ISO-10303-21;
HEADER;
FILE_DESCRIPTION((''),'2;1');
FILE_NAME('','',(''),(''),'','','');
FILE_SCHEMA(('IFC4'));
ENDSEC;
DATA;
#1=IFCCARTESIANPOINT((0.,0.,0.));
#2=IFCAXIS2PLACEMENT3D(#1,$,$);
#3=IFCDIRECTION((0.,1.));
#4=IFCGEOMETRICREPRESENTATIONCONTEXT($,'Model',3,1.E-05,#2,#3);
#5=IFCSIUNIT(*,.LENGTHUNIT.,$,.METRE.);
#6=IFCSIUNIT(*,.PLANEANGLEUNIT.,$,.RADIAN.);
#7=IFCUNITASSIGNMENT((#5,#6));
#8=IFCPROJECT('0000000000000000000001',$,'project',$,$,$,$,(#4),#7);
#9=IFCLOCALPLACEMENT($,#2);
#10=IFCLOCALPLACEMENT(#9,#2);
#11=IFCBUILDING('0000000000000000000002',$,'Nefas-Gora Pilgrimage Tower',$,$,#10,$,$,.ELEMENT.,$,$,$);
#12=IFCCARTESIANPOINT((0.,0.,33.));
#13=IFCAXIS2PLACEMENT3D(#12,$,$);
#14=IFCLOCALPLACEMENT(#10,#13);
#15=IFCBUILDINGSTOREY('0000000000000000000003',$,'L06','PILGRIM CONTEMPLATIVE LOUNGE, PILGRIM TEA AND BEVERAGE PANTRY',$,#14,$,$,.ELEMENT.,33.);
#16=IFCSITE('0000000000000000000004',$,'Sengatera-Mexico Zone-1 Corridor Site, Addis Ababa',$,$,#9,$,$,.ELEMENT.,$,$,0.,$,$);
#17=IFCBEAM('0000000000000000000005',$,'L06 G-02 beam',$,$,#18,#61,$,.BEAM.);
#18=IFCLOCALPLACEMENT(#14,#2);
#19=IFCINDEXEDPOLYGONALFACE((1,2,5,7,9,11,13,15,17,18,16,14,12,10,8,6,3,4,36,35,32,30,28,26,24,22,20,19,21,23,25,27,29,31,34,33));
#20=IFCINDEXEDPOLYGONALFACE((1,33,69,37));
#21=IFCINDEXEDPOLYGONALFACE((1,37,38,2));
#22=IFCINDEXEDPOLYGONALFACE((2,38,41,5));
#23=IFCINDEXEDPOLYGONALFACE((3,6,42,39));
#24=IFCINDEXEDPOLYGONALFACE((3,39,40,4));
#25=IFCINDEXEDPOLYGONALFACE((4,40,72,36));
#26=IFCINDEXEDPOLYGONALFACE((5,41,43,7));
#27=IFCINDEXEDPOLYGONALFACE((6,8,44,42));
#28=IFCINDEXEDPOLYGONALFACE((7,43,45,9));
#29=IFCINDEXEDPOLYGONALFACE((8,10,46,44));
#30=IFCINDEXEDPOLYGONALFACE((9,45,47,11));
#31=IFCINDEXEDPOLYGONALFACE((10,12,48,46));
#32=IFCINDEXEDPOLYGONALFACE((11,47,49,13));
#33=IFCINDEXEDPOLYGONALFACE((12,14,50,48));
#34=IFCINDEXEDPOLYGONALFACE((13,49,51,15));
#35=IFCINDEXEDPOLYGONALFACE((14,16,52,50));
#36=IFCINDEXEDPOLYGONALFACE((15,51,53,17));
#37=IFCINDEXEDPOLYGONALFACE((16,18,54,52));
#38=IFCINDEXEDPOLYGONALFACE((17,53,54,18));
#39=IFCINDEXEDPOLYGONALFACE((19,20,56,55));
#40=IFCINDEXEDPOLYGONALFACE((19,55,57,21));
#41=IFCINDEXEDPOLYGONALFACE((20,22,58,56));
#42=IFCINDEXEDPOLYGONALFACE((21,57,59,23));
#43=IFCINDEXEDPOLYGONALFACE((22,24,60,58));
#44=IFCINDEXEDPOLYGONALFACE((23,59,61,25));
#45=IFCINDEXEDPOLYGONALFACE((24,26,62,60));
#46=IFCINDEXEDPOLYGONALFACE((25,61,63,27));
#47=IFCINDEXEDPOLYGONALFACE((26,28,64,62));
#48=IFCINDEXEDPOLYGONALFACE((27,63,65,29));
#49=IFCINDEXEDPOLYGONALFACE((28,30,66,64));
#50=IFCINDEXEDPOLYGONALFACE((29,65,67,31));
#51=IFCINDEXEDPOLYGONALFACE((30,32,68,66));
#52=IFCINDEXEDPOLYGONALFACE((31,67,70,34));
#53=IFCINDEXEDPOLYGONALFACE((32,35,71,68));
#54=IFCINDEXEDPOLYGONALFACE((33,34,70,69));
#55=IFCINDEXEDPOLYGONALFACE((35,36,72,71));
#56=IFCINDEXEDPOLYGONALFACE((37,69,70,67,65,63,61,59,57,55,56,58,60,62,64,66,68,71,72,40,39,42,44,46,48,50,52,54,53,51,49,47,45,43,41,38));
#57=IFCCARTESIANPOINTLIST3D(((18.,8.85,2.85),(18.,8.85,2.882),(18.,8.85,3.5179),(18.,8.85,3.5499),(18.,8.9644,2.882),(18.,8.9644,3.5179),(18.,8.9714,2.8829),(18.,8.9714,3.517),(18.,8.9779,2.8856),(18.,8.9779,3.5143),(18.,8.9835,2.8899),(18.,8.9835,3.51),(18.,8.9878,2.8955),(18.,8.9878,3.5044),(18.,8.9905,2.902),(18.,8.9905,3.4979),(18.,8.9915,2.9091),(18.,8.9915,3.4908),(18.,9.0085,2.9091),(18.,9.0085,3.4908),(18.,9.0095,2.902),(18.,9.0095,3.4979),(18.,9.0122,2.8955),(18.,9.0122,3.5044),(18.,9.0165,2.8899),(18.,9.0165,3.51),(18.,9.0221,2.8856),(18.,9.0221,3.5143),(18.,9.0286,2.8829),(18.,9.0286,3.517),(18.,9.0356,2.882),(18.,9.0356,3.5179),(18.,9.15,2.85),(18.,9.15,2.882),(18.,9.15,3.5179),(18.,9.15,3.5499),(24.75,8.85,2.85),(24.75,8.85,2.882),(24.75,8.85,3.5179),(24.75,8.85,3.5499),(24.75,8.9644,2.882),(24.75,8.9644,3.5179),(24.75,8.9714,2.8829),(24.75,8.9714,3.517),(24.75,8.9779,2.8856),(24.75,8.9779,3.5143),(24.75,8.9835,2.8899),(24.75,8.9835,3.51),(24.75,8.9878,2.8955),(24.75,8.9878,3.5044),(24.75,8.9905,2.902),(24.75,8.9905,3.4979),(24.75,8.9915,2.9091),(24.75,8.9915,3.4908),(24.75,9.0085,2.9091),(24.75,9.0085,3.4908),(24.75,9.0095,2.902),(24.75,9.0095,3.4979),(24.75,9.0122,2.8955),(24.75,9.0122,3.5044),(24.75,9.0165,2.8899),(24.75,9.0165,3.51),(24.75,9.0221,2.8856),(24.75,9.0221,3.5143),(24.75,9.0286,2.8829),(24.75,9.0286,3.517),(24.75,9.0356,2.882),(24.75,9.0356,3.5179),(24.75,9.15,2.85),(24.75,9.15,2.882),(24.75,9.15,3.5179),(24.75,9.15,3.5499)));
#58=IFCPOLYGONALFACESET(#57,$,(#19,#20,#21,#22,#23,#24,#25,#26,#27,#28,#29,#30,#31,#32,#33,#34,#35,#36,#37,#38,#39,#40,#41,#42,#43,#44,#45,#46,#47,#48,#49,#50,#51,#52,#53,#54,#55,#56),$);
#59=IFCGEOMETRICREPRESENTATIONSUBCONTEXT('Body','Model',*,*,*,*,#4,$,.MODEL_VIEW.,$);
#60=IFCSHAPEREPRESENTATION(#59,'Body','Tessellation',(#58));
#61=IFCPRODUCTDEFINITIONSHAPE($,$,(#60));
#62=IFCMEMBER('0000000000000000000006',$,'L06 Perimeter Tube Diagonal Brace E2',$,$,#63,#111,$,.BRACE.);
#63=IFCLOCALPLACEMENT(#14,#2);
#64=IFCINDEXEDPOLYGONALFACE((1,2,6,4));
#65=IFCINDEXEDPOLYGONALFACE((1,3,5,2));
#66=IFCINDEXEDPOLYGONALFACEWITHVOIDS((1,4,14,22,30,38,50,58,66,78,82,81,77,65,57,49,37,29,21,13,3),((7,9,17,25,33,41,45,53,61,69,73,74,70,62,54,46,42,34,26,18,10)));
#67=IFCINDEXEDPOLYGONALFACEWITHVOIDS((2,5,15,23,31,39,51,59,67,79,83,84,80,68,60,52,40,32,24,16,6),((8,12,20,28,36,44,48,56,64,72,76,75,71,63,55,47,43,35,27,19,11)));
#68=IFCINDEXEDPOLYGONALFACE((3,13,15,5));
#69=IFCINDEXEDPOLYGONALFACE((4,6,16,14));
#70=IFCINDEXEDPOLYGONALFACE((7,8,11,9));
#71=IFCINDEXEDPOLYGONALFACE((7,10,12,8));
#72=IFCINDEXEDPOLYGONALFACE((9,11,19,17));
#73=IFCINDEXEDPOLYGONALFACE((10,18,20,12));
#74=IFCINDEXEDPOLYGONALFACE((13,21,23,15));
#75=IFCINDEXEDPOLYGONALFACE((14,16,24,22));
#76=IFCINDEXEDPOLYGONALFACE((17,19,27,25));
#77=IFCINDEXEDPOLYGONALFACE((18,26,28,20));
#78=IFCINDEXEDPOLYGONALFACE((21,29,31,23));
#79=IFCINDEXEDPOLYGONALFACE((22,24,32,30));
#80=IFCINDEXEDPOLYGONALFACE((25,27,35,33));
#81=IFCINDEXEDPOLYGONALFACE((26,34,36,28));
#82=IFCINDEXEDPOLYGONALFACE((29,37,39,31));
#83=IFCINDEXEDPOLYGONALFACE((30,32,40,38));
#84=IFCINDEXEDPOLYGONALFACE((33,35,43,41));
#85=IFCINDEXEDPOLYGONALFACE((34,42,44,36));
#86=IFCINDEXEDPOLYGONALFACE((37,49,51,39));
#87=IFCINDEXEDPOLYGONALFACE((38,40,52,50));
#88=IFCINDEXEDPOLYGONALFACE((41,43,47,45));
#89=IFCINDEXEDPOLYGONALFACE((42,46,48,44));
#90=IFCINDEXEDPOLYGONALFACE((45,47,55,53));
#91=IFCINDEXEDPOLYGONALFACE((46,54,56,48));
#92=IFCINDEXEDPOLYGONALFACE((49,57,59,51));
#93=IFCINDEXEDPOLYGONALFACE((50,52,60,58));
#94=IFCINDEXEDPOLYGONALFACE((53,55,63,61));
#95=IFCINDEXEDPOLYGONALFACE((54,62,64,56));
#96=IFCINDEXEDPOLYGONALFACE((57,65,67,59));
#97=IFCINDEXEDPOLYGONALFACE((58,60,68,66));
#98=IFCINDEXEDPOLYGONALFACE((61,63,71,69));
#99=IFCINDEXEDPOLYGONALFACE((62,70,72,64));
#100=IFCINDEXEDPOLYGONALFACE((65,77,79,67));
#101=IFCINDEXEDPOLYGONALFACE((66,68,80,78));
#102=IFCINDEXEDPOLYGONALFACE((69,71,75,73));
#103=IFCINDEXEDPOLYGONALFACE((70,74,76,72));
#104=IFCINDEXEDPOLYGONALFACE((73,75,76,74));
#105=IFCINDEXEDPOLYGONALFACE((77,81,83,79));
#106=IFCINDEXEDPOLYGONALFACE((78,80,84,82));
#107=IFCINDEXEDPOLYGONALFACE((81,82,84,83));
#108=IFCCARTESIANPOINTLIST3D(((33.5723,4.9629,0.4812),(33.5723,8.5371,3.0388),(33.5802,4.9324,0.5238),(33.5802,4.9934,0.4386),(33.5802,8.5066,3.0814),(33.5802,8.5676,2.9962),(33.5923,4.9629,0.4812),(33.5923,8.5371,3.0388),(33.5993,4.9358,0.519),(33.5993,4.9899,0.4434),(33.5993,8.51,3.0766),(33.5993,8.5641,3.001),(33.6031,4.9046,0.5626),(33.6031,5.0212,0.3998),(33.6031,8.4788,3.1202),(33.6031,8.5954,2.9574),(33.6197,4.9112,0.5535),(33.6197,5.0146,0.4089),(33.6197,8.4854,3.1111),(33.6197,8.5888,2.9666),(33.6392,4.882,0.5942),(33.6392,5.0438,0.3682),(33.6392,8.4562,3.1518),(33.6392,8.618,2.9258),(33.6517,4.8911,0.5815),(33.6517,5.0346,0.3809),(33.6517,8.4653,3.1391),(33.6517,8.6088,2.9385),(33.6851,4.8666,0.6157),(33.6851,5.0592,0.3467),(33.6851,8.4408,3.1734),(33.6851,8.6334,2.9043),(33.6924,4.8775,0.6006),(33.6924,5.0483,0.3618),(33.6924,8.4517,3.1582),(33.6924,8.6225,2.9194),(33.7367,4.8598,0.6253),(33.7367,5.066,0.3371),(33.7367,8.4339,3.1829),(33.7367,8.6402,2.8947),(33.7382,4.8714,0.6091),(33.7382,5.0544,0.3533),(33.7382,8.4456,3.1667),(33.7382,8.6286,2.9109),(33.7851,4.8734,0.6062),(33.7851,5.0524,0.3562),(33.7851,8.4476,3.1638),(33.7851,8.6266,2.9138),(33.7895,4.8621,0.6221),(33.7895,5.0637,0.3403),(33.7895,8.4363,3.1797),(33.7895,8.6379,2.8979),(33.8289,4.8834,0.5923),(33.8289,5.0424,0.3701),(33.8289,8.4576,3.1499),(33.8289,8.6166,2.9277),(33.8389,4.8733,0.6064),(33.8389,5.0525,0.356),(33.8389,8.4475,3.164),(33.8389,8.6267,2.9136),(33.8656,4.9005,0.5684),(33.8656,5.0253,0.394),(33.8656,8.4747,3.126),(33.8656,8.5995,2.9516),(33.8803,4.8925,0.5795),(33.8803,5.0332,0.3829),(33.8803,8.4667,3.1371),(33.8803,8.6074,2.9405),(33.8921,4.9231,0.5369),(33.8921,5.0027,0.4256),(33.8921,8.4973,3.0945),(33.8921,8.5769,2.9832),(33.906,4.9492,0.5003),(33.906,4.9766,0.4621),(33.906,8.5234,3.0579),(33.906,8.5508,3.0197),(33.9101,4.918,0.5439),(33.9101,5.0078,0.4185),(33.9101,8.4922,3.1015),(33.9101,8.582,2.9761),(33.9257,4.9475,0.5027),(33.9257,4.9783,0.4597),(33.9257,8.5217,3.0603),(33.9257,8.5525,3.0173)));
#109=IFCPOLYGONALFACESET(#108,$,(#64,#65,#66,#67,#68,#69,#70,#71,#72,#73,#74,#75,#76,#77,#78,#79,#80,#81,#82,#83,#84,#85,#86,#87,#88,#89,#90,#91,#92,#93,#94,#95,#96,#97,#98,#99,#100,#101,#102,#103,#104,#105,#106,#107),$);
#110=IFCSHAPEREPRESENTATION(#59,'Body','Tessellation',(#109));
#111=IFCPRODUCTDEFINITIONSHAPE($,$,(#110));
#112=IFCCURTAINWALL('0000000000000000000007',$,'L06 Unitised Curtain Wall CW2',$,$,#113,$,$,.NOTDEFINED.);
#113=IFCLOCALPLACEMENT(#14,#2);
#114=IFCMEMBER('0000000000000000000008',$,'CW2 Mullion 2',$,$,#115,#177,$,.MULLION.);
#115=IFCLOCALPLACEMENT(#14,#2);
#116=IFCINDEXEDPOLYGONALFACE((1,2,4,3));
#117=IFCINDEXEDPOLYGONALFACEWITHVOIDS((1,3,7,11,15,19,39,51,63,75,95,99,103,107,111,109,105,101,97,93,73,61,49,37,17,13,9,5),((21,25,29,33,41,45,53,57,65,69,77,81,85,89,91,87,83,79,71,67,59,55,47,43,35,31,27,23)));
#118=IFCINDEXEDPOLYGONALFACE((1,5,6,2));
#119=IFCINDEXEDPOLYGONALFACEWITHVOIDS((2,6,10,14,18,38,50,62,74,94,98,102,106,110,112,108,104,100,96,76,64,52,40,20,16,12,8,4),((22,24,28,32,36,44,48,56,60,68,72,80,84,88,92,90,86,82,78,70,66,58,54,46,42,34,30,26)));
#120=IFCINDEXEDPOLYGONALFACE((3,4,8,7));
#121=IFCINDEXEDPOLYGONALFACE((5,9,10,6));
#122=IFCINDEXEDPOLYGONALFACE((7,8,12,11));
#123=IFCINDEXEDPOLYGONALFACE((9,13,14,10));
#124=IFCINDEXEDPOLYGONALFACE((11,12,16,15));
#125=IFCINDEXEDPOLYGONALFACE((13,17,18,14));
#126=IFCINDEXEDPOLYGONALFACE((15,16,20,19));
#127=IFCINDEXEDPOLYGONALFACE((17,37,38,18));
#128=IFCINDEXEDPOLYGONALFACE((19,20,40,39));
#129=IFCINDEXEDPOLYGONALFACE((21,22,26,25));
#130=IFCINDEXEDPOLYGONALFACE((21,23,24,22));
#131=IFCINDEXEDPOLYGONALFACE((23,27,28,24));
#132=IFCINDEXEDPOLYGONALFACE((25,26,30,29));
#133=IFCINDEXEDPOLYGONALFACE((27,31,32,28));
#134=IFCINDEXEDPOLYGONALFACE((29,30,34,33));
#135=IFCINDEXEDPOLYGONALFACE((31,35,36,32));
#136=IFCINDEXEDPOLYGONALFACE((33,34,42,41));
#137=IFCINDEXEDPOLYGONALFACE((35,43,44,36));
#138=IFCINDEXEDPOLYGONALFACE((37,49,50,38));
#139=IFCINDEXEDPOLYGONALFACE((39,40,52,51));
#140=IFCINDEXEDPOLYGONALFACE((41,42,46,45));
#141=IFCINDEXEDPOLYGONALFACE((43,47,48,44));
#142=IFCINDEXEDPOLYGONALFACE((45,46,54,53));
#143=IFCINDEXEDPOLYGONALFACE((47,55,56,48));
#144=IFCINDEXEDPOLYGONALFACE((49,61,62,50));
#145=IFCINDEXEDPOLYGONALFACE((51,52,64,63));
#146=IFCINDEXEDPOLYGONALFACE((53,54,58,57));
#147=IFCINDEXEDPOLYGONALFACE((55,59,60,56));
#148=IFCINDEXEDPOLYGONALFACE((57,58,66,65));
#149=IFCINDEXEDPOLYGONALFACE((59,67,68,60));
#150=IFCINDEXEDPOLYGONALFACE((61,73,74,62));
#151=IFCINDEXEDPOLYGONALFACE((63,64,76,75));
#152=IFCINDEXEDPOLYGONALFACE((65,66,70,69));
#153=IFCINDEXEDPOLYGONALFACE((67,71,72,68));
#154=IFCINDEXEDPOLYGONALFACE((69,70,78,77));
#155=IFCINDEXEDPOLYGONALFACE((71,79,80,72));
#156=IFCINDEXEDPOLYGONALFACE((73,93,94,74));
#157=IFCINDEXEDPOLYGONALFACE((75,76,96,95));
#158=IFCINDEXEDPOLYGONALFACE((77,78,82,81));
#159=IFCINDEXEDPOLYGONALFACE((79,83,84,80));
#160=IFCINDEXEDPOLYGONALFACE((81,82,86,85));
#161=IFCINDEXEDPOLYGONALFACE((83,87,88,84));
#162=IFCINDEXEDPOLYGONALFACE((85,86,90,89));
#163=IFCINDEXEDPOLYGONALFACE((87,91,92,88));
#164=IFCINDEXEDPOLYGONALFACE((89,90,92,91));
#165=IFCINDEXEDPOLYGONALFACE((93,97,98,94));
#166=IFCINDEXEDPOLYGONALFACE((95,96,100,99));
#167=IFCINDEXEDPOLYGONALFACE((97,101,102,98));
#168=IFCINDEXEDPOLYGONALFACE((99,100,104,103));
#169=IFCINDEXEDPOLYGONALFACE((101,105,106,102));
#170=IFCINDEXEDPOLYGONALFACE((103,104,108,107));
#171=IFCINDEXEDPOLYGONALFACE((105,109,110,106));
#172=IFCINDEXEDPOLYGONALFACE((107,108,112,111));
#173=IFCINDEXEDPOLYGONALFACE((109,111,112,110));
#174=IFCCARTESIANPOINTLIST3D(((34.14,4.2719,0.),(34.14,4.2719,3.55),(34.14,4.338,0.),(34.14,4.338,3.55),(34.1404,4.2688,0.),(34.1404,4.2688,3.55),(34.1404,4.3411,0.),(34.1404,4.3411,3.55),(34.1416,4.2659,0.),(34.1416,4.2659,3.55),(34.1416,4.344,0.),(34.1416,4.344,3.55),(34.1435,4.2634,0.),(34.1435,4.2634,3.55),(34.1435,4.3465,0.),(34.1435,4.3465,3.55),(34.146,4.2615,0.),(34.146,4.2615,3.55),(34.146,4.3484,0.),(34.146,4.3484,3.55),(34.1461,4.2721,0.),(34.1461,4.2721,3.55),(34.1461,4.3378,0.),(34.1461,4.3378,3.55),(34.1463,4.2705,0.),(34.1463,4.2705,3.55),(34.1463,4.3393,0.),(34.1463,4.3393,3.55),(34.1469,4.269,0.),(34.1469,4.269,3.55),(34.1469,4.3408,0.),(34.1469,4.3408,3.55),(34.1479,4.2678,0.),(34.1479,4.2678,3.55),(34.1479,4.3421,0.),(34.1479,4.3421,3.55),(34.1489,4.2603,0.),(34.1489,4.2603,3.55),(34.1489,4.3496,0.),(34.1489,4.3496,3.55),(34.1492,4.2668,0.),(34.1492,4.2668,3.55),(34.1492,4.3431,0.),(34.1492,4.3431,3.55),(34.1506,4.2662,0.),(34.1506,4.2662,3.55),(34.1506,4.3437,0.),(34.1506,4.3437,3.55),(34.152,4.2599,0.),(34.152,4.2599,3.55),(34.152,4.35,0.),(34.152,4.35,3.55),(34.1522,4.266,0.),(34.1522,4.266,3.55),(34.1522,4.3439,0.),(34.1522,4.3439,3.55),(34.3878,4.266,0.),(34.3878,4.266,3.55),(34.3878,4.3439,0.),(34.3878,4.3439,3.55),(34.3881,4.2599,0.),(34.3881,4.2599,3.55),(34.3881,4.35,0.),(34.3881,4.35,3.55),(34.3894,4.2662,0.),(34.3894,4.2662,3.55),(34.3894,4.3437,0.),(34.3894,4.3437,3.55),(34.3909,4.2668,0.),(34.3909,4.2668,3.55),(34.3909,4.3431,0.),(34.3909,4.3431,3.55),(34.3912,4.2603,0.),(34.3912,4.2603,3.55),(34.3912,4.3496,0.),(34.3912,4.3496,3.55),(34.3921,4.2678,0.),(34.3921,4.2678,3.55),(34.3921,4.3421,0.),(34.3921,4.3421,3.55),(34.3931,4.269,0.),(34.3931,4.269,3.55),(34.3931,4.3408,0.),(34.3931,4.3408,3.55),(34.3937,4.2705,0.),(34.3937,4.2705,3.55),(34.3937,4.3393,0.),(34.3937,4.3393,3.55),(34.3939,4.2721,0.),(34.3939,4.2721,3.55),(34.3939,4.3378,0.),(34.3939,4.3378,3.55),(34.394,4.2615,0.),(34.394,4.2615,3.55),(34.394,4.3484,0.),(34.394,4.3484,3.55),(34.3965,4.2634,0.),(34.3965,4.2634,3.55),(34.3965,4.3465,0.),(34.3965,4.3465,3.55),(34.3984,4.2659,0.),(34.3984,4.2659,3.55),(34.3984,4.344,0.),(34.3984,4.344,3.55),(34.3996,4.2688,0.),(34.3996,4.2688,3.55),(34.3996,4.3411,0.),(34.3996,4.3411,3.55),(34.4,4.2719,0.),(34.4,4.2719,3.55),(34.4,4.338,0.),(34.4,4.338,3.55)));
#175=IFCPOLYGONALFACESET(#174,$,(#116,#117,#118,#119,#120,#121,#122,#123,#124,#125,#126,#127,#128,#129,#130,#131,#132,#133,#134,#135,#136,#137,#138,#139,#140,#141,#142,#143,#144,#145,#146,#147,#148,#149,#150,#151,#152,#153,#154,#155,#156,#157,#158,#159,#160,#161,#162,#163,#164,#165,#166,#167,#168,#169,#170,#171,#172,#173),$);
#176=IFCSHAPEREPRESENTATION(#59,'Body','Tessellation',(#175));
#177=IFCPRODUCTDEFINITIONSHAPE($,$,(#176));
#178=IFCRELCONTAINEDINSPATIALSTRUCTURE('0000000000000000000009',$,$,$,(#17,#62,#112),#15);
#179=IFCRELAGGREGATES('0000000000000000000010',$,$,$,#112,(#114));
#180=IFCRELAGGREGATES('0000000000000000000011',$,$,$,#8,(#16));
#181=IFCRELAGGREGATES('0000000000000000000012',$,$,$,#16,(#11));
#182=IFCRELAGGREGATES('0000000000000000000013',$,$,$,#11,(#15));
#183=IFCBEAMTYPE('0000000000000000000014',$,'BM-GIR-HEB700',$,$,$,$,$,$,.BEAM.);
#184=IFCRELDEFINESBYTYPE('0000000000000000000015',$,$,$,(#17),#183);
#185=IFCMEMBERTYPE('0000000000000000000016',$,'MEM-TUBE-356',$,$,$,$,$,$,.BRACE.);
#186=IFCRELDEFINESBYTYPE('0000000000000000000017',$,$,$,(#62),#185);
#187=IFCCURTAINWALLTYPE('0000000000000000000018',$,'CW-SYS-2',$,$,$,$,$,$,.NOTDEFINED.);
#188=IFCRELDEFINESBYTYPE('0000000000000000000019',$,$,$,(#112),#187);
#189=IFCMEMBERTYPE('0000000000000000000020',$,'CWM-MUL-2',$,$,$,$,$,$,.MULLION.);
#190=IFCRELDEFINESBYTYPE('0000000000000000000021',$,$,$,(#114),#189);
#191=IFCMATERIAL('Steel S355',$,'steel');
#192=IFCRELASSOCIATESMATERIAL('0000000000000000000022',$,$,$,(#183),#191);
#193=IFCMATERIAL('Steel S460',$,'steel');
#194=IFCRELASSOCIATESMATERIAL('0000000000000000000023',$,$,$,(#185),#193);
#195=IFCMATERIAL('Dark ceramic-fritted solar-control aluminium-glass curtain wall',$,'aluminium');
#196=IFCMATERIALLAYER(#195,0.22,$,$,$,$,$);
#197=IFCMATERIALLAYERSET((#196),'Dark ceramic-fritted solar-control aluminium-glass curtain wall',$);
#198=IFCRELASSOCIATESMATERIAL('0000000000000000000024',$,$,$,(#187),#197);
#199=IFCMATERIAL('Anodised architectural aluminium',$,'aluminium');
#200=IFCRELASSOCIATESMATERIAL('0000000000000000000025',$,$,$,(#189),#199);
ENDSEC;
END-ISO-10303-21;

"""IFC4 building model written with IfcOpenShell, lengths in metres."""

from ifc_helpers import new_model, si_unit, direction, frame, origin, origin_2d, place, context, subcontext, project, spatial, hollow_rectangle, hollow_circle, i_section, extrude, source, transform, mapped, material, layer, layer_set, material_profile, profile_set, type_object, element, aggregate, save


model = new_model("IFC4")

# Units and contexts
model_context = context("Model", 3, precision=1e-05, world=origin(), true_north=direction((0.0, 1.0)))
body_context = subcontext(model_context, "Body", "Model", "MODEL_VIEW")
ifc_project = project(units=[si_unit("LENGTHUNIT", "METRE"), si_unit("PLANEANGLEUNIT", "RADIAN")], contexts=[model_context])

# Site, building, storey
site_placement = place(None, origin())
site = spatial("IfcSite", under=ifc_project, at=site_placement, Name="Sengatera-Mexico Zone-1 Corridor Site, Addis Ababa", CompositionType="ELEMENT", RefElevation=0.0)
building_placement = place(site_placement, origin())
building = spatial("IfcBuilding", under=site, at=building_placement, Name="Nefas-Gora Pilgrimage Tower", CompositionType="ELEMENT")
storey_placement = place(building_placement, frame((0.0, 0.0, 33.0)))
storey = spatial("IfcBuildingStorey", under=building, at=storey_placement, Name="L06", Description="PILGRIM CONTEMPLATIVE LOUNGE, PILGRIM TEA AND BEVERAGE PANTRY", CompositionType="ELEMENT", Elevation=33.0)

# Shared definitions
ifc_material_1 = material(Name="Steel S460", Category="steel")

# Beam
ifc_material_2 = material(Name="Steel S355", Category="steel")
ifc_material_profile_1 = material_profile(ifc_material_2, i_section(OverallWidth=0.3, OverallDepth=0.7, WebThickness=0.0171, FlangeThickness=0.032, FilletRadius=0.0271, at=origin_2d()), Name="HEB 700")
ifc_profile_set_1 = profile_set([ifc_material_profile_1], Name="Steel S355")
beam_type_1 = type_object("IfcBeamType", Name="BM-GIR-HEB700", PredefinedType="BEAM", material=ifc_profile_set_1)
shared_shape_1 = source(origin(), body_context, "Body", "SweptSolid", [
    extrude(i_section(OverallWidth=0.3, OverallDepth=0.7, WebThickness=0.0171, FlangeThickness=0.032, FilletRadius=0.0271, at=origin_2d()), origin(), (0.0, 0.0, 1.0), 6.75),
])
for number, where, z_axis, x_axis, name in (
    (1, (18.0, 9.0, 3.2), (1.0, 0.0, 0.0), (0.0, 1.0, 0.0), "L06 G-02 beam"),
):
    element("IfcBeam", number, at=place(storey_placement, frame(where, z_axis=z_axis, x_axis=x_axis)), inside=storey, type_object=beam_type_1, Name=name, PredefinedType="BEAM", context=body_context, shape_type="MappedRepresentation", body=[
        mapped(shared_shape_1, transform((0.0, 0.0, 0.0), x_axis=(1.0, 0.0, 0.0), y_axis=(0.0, 1.0, 0.0), z_axis=(0.0, 0.0, 1.0), scale=1.0)),
    ])

# Member
ifc_material_profile_2 = material_profile(ifc_material_1, hollow_circle(Radius=0.1777, WallThickness=0.02, at=origin_2d()), Name="CHS 355.6x20")
ifc_profile_set_2 = profile_set([ifc_material_profile_2], Name="Steel S460")
member_type_1 = type_object("IfcMemberType", Name="MEM-TUBE-356", PredefinedType="BRACE", material=ifc_profile_set_2)
shared_shape_2 = source(origin(), body_context, "Body", "SweptSolid", [
    extrude(hollow_circle(Radius=0.1777, WallThickness=0.02, at=origin_2d()), origin(), (0.0, 0.0, 1.0), 4.395),
])
member_1_placement = place(storey_placement, frame((33.75, 4.9629, 0.4812), z_axis=(0.0, 0.813238, 0.581932), x_axis=(-1.0, 0.0, 0.0)))
element("IfcMember", 2, at=member_1_placement, inside=storey, type_object=member_type_1, Name="L06 Perimeter Tube Diagonal Brace E2", PredefinedType="BRACE", context=body_context, shape_type="MappedRepresentation", body=[
    mapped(shared_shape_2, transform((0.0, 0.0, 0.0), x_axis=(1.0, 0.0, 0.0), y_axis=(0.0, 1.0, 0.0), z_axis=(0.0, 0.0, 1.0), scale=1.0)),
])

# Curtain wall, member
ifc_material_3 = material(Name="Dark ceramic-fritted solar-control aluminium-glass curtain wall", Category="aluminium")
ifc_layer_1 = layer(ifc_material_3, 0.22)
ifc_layer_set_1 = layer_set([ifc_layer_1], Name="Dark ceramic-fritted solar-control aluminium-glass curtain wall")
curtain_wall_type = type_object("IfcCurtainWallType", Name="CW-SYS-2", PredefinedType="NOTDEFINED", material=ifc_layer_set_1)
curtain_wall_1_placement = place(storey_placement, origin())
curtain_wall_1 = element("IfcCurtainWall", 3, at=curtain_wall_1_placement, inside=storey, type_object=curtain_wall_type, Name="L06 Unitised Curtain Wall CW2", PredefinedType="NOTDEFINED")
ifc_material_4 = material(Name="Anodised architectural aluminium", Category="aluminium")
ifc_material_profile_3 = material_profile(ifc_material_4, hollow_rectangle(XDim=0.0901, YDim=0.26, WallThickness=0.0061, InnerFilletRadius=0.0061, OuterFilletRadius=0.012, at=origin_2d()), Name="ALU MULLION 90x260")
ifc_profile_set_3 = profile_set([ifc_material_profile_3], Name="Anodised architectural aluminium")
member_type_2 = type_object("IfcMemberType", Name="CWM-MUL-2", PredefinedType="MULLION", material=ifc_profile_set_3)
shared_shape_3 = source(origin(), body_context, "Body", "SweptSolid", [
    extrude(hollow_rectangle(XDim=0.0901, YDim=0.26, WallThickness=0.0061, InnerFilletRadius=0.0061, OuterFilletRadius=0.012, at=origin_2d()), origin(), (0.0, 0.0, 1.0), 3.55),
])
member_2_placement = place(storey_placement, frame((34.27, 4.3049, 0.0), z_axis=(0.0, 0.0, 1.0), x_axis=(0.0, 1.0, 0.0)))
member_2 = element("IfcMember", 4, at=member_2_placement, type_object=member_type_2, Name="CW2 Mullion 2", PredefinedType="MULLION", context=body_context, shape_type="MappedRepresentation", body=[
    mapped(shared_shape_3, transform((0.0, 0.0, 0.0), x_axis=(1.0, 0.0, 0.0), y_axis=(0.0, 1.0, 0.0), z_axis=(0.0, 0.0, 1.0), scale=1.0)),
])

aggregate(curtain_wall_1, [member_2])

save(model, "model.ifc")
